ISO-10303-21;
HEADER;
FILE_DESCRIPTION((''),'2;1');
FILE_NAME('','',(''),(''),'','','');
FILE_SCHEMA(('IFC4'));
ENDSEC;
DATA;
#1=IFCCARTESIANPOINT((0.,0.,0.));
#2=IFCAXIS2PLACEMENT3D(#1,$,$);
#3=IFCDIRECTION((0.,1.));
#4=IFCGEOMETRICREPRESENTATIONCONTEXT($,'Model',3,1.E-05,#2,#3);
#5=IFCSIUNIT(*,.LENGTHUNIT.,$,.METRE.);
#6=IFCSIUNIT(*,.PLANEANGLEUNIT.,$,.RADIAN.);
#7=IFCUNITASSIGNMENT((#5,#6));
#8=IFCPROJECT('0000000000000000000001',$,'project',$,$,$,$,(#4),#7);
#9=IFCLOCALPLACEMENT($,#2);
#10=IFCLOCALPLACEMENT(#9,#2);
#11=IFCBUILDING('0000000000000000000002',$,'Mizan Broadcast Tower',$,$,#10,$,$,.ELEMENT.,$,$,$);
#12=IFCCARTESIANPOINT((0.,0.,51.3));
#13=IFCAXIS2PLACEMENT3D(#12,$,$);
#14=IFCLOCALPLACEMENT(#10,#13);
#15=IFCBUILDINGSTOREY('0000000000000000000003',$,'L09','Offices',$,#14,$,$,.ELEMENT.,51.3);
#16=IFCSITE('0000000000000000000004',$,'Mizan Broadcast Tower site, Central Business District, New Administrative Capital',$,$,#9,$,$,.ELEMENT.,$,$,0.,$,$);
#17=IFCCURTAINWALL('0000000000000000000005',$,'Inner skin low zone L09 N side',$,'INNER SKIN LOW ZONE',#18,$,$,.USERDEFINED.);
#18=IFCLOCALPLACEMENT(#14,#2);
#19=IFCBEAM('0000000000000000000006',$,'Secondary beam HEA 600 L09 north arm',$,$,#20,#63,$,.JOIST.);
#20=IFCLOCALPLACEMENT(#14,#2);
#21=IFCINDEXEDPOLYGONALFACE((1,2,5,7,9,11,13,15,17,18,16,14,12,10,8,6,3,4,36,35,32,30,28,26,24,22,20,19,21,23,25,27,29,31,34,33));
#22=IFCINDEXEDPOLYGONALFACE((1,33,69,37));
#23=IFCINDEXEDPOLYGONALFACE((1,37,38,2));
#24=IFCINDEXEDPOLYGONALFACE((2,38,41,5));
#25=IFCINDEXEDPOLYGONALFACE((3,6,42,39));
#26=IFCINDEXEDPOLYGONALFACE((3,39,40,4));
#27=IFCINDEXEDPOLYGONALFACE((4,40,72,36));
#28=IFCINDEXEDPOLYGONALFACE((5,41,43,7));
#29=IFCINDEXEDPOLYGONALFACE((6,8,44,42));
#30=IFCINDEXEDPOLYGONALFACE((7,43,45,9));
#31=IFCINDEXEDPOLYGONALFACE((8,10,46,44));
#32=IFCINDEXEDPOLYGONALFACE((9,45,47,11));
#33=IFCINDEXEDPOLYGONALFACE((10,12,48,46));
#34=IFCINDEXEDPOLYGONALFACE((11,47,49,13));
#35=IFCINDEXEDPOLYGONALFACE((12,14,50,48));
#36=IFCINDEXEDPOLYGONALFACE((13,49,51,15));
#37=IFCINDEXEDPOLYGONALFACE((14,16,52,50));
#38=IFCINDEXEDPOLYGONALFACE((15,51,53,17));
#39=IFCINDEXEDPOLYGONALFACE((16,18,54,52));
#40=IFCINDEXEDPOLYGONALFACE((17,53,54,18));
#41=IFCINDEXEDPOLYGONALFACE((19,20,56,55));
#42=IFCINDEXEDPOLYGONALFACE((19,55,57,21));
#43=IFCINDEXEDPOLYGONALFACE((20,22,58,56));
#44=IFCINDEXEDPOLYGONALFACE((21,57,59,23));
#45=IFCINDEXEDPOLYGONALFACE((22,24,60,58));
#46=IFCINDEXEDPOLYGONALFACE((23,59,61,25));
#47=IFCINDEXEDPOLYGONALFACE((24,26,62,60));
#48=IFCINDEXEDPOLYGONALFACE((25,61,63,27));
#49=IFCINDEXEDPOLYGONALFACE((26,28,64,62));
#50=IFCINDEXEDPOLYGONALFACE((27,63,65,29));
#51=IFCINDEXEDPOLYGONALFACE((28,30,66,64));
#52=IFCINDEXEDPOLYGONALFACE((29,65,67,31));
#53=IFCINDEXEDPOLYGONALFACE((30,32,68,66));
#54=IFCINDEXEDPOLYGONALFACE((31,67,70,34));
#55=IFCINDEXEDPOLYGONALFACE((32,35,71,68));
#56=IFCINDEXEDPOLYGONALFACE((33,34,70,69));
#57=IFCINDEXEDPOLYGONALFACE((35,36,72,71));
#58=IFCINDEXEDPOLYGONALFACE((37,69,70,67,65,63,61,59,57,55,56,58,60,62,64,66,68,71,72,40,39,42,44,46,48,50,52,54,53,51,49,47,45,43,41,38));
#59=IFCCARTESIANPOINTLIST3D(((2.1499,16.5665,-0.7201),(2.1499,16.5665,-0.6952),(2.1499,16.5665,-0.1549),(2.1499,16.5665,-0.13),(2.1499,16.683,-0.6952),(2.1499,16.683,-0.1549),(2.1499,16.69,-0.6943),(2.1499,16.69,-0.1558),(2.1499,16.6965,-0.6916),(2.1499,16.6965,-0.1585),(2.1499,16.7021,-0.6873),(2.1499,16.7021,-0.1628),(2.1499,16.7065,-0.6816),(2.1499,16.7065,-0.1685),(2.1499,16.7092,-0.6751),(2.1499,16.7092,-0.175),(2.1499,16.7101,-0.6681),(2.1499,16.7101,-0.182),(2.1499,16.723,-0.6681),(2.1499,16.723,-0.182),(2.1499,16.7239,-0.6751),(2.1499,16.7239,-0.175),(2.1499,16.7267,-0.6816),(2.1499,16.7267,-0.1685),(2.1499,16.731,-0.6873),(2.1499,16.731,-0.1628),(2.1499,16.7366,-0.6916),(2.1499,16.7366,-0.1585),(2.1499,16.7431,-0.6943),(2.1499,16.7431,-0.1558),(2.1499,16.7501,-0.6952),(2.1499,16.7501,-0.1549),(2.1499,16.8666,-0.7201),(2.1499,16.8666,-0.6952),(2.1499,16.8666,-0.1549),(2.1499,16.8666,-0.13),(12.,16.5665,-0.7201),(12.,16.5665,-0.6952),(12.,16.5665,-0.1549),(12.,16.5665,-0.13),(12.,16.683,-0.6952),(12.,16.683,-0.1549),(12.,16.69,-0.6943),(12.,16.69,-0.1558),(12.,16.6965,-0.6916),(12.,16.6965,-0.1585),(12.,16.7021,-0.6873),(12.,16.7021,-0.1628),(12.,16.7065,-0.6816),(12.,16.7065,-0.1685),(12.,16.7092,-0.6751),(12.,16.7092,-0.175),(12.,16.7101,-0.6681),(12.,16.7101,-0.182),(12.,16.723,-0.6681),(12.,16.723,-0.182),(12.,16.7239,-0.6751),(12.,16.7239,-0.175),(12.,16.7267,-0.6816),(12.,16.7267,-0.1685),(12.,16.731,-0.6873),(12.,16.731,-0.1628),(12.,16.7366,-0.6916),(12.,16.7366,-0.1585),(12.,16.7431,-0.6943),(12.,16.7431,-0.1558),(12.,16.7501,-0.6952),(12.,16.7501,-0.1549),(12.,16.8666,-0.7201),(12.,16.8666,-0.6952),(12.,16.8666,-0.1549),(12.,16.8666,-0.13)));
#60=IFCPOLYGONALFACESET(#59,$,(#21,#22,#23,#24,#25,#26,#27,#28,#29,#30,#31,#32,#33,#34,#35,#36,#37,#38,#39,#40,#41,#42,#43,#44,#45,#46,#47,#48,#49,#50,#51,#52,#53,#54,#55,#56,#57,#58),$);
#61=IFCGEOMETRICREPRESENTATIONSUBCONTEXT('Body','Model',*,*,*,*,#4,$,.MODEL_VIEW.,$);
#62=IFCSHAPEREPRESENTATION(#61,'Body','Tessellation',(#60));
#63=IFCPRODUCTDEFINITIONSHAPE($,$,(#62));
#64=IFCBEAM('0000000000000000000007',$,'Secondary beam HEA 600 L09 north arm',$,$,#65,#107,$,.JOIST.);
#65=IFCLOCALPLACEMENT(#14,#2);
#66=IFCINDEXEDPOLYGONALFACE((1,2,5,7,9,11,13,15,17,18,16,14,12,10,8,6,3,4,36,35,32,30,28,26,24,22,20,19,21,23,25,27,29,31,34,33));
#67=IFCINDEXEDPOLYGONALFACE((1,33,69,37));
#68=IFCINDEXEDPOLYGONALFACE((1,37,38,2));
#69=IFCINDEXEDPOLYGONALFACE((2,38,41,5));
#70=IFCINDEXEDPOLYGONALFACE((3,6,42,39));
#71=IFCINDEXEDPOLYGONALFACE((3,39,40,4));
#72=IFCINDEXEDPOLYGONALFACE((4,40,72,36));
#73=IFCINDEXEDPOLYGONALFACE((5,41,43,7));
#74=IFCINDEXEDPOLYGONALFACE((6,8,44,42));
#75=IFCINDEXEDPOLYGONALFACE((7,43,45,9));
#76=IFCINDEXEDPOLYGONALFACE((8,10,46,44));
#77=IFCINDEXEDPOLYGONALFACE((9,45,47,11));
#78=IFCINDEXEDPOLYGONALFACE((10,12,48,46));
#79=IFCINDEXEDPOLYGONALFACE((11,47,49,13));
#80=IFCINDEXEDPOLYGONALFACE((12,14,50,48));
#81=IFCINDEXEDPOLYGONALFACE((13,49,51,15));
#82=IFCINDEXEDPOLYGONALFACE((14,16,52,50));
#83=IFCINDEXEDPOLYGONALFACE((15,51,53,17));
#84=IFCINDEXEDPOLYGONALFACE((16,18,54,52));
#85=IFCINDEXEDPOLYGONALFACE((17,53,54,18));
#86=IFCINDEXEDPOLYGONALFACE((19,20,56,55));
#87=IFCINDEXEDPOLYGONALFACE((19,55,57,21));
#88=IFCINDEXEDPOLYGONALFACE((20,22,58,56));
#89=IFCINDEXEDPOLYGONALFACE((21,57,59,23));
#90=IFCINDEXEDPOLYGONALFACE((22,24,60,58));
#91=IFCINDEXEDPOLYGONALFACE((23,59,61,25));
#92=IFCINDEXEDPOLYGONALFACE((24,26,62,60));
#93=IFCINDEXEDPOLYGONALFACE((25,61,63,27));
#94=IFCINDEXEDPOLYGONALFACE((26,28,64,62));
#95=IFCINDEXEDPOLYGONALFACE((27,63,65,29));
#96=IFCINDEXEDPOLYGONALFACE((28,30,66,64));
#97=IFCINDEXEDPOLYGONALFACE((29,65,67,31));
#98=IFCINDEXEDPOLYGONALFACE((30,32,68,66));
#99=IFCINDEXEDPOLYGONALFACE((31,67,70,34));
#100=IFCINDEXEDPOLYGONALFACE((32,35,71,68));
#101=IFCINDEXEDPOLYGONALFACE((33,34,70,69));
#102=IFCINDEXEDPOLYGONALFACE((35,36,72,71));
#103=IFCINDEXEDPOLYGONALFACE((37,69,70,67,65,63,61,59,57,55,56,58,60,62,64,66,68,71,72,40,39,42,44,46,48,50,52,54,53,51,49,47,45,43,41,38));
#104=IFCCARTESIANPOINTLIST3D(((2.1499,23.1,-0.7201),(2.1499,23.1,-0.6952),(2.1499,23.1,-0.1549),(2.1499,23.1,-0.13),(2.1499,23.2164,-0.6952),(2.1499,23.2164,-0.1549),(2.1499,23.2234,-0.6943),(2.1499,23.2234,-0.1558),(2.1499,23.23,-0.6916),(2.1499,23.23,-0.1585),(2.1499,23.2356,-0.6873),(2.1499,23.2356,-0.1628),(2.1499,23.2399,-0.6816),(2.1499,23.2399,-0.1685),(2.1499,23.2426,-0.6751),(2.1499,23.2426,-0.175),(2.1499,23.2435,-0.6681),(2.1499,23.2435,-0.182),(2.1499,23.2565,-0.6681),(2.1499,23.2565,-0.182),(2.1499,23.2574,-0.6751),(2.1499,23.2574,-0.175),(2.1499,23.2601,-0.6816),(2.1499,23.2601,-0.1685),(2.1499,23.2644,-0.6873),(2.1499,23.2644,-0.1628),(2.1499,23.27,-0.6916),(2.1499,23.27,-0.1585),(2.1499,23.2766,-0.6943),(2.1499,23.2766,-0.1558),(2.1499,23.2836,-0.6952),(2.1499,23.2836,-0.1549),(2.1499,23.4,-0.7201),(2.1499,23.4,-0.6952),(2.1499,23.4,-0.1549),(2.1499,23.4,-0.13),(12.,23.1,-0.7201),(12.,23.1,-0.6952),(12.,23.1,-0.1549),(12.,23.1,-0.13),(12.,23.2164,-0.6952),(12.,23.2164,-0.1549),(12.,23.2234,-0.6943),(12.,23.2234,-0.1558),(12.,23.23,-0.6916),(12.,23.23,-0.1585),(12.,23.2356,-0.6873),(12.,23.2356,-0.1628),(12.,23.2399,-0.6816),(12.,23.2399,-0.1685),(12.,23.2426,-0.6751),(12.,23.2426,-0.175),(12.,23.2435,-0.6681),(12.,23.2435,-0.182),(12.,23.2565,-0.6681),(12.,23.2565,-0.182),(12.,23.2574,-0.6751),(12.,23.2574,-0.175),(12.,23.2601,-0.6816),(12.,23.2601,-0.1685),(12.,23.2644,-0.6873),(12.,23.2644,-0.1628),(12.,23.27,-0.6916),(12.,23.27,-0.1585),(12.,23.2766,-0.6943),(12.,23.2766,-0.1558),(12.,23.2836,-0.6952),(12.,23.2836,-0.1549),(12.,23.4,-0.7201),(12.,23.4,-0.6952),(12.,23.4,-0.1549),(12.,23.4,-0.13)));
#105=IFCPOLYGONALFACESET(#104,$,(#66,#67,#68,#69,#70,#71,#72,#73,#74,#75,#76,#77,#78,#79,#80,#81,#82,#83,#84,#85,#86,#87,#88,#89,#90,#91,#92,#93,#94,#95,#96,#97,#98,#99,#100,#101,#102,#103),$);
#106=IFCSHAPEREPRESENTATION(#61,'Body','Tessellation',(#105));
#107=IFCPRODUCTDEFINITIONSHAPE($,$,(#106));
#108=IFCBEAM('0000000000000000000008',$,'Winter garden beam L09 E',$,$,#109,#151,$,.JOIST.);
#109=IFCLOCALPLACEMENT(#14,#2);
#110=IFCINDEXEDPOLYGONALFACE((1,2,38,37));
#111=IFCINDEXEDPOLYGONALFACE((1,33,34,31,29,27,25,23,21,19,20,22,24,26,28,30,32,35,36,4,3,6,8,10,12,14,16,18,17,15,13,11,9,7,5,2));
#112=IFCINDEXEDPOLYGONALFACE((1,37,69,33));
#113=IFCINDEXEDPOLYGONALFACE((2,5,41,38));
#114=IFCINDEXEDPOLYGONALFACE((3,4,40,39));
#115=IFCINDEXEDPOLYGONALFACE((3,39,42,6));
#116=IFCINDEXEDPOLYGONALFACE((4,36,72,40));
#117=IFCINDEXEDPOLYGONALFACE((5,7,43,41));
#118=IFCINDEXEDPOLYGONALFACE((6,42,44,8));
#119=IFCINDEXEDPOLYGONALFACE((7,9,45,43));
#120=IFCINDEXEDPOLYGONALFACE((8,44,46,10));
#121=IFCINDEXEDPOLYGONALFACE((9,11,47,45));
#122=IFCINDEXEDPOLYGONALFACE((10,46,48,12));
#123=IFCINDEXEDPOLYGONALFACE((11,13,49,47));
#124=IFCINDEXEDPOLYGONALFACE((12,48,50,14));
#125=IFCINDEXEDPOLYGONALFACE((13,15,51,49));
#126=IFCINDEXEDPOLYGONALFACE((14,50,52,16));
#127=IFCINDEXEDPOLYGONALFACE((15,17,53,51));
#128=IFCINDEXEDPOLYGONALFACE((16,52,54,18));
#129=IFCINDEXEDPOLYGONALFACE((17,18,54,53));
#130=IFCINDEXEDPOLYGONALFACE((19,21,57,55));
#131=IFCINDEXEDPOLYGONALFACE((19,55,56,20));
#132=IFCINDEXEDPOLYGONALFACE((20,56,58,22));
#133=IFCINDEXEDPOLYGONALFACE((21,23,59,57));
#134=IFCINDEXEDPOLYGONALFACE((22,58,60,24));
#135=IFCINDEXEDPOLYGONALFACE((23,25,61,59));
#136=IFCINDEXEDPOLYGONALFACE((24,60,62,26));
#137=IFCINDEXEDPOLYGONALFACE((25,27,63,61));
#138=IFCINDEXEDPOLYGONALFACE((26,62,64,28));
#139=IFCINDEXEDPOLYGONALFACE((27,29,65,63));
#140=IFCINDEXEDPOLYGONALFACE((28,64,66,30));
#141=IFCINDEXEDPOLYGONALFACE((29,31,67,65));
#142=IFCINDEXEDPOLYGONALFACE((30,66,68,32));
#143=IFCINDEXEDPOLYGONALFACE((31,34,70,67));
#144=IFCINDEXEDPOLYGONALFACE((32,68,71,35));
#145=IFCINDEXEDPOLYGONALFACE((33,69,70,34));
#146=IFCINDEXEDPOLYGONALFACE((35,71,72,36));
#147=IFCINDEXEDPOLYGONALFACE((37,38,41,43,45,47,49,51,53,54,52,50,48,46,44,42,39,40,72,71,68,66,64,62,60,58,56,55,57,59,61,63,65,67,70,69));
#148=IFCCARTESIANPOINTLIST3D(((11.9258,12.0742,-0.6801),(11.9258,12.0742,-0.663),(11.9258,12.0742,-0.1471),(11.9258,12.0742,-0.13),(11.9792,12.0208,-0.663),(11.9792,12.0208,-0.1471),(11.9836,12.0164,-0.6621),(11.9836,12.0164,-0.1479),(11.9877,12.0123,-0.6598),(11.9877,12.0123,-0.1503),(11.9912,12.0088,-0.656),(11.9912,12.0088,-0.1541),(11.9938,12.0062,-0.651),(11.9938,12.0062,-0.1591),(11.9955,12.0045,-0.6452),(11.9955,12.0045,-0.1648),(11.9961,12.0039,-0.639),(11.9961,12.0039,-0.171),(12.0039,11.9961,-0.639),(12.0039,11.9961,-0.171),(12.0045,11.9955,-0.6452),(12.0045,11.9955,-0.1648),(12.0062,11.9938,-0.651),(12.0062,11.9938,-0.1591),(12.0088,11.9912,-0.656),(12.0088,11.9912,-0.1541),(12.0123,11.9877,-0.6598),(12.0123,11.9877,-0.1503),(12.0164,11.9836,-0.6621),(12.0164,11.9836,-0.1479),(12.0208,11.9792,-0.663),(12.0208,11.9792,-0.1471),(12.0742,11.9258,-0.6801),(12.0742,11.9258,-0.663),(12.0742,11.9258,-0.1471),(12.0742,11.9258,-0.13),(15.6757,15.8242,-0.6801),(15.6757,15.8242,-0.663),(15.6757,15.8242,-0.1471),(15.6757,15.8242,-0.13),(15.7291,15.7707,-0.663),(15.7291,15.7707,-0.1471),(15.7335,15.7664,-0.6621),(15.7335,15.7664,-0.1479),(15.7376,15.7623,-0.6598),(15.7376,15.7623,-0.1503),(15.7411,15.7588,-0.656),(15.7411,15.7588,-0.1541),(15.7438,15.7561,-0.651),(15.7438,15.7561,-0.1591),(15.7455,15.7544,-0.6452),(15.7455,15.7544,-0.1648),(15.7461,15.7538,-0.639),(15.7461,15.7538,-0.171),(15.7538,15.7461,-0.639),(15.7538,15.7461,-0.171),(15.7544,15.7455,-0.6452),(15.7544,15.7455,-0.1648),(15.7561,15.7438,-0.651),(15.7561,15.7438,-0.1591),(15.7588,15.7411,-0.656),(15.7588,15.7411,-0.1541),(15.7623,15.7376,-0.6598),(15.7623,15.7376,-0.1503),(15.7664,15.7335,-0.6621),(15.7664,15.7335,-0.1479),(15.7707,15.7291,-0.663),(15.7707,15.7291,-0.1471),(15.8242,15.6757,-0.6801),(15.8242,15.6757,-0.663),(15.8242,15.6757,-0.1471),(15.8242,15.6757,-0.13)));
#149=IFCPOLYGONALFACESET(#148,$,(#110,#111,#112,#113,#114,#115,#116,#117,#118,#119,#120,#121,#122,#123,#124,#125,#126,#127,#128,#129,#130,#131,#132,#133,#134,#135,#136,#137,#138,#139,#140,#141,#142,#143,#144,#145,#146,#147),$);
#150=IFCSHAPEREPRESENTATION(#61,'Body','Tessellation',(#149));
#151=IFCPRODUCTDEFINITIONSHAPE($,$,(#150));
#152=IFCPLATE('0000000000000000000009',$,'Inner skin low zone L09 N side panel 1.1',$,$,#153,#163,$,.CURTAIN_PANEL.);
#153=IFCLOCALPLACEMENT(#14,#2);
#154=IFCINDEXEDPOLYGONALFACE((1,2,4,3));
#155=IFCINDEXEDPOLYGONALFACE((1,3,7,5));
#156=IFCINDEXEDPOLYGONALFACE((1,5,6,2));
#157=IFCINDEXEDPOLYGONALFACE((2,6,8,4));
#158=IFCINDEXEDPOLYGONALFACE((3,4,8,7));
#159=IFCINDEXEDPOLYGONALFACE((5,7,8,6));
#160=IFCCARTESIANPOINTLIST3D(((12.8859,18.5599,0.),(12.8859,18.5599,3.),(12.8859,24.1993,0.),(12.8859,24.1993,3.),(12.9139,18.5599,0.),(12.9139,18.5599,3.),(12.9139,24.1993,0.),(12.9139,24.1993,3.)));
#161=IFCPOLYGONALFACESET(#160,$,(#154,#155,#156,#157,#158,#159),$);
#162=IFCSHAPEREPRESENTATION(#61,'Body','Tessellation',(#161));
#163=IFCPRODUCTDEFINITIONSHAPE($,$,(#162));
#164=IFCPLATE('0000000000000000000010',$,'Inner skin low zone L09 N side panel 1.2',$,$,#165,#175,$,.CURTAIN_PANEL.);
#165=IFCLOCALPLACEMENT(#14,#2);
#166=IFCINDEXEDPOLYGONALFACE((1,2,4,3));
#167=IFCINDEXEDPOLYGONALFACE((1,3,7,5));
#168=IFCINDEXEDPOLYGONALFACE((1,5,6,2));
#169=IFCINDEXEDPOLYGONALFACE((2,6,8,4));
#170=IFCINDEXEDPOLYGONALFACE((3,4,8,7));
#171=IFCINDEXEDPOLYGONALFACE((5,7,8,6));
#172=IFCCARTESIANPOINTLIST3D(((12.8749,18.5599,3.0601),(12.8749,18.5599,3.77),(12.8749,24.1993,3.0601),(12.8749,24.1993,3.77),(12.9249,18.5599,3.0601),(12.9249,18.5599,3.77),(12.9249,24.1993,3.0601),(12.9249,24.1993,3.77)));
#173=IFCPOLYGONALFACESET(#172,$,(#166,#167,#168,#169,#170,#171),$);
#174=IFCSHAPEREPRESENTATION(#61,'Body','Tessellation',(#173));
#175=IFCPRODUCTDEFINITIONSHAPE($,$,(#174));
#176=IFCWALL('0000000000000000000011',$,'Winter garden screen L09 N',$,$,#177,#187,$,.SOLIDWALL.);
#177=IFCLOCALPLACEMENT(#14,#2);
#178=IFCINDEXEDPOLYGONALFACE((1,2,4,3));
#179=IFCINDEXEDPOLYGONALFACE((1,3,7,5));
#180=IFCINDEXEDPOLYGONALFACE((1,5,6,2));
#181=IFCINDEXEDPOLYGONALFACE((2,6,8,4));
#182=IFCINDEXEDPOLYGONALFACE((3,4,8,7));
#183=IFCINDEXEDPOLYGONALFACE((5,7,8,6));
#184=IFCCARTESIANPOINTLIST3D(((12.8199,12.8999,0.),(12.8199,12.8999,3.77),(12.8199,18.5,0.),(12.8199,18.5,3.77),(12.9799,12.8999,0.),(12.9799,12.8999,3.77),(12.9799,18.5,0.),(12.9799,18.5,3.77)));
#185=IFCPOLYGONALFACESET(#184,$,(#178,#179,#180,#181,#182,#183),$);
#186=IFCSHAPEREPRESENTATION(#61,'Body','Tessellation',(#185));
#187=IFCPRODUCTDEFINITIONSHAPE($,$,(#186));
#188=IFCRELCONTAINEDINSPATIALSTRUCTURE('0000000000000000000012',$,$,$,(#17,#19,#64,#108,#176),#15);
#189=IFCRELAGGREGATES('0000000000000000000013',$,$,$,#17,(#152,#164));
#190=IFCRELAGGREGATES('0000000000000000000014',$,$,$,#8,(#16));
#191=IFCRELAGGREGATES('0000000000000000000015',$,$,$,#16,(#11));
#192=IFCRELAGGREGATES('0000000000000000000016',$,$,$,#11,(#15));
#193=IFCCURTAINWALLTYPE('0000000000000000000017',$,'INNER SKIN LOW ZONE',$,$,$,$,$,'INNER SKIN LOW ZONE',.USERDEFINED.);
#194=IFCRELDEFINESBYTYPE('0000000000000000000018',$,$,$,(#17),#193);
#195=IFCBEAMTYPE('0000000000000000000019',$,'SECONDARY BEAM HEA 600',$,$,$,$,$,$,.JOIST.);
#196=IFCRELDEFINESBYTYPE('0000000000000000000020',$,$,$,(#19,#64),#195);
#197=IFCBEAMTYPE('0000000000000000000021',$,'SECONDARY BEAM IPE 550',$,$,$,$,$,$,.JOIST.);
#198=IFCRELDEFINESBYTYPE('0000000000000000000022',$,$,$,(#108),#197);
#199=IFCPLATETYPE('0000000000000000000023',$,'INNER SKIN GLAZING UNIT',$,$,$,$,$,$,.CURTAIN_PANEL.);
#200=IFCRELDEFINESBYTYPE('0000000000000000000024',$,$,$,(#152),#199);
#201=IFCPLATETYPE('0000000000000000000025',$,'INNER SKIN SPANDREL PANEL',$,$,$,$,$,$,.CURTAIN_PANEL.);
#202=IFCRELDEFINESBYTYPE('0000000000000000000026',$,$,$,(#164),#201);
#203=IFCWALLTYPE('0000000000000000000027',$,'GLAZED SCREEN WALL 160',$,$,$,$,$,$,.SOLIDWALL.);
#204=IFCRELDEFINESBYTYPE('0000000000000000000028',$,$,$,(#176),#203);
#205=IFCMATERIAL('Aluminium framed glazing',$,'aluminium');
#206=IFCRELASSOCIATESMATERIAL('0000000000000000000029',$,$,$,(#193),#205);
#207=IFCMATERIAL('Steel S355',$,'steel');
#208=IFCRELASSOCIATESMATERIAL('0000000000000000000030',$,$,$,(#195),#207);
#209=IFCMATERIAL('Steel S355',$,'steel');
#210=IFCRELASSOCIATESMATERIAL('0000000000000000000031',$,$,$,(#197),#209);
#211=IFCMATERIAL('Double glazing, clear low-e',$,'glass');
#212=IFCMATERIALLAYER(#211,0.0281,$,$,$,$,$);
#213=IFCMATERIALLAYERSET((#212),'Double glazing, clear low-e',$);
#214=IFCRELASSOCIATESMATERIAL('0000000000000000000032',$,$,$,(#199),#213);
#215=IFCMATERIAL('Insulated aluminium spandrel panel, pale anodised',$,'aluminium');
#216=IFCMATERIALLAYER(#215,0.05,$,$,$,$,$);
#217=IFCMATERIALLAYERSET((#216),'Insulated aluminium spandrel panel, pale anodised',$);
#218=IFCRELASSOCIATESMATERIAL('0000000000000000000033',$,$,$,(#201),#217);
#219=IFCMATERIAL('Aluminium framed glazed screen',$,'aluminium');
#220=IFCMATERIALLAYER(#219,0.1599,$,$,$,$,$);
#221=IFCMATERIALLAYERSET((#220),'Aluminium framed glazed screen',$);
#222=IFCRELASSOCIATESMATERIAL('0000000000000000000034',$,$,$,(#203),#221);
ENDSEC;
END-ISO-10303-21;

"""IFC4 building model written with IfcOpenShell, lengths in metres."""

from ifc_helpers import new_model, si_unit, direction, frame, frame_2d, origin, origin_2d, place, context, subcontext, project, spatial, rectangle, i_section, extrude, material, layer, layer_set, material_profile, profile_set, type_object, element, aggregate, save


model = new_model("IFC4")

# Units and contexts
model_context = context("Model", 3, precision=1e-05, world=origin(), true_north=direction((0.0, 1.0)))
body_context = subcontext(model_context, "Body", "Model", "MODEL_VIEW")
ifc_project = project(units=[si_unit("LENGTHUNIT", "METRE"), si_unit("PLANEANGLEUNIT", "RADIAN")], contexts=[model_context])

# Site, building, storey
site_placement = place(None, origin())
site = spatial("IfcSite", under=ifc_project, at=site_placement, Name="Mizan Broadcast Tower site, Central Business District, New Administrative Capital", CompositionType="ELEMENT", RefElevation=0.0)
building_placement = place(site_placement, origin())
building = spatial("IfcBuilding", under=site, at=building_placement, Name="Mizan Broadcast Tower", CompositionType="ELEMENT")
storey_placement = place(building_placement, frame((0.0, 0.0, 51.3)))
storey = spatial("IfcBuildingStorey", under=building, at=storey_placement, Name="L09", Description="Offices", CompositionType="ELEMENT", Elevation=51.3)

# Curtain wall
ifc_material_1 = material(Name="Aluminium framed glazing", Category="aluminium")
curtain_wall_type_1 = type_object("IfcCurtainWallType", Name="INNER SKIN LOW ZONE", ElementType="INNER SKIN LOW ZONE", PredefinedType="USERDEFINED", material=ifc_material_1)
curtain_wall_1_placement = place(storey_placement, origin())
curtain_wall_1 = element("IfcCurtainWall", 1, at=curtain_wall_1_placement, inside=storey, type_object=curtain_wall_type_1, Name="Inner skin low zone L09 N side", ObjectType="INNER SKIN LOW ZONE", PredefinedType="USERDEFINED")

# Beams
ifc_material_2 = material(Name="Steel S355", Category="steel")
ifc_material_profile_1 = material_profile(ifc_material_2, i_section(OverallWidth=0.3, OverallDepth=0.5901, WebThickness=0.0129, FlangeThickness=0.0249, FilletRadius=0.0271, at=origin_2d()), Name="HEA 600")
ifc_profile_set_1 = profile_set([ifc_material_profile_1], Name="Steel S355")
beam_type_1 = type_object("IfcBeamType", Name="SECONDARY BEAM HEA 600", PredefinedType="JOIST", material=ifc_profile_set_1)
for number, where, z_axis, x_axis, name in (
    (2, (12.0, 16.7166, -0.425), (-1.0, 0.0, 0.0), (0.0, -1.0, 0.0), "Secondary beam HEA 600 L09 north arm"),
    (3, (12.0, 23.25, -0.425), (-1.0, 0.0, 0.0), (0.0, -1.0, 0.0), "Secondary beam HEA 600 L09 north arm"),
):
    element("IfcBeam", number, at=place(storey_placement, frame(where, z_axis=z_axis, x_axis=x_axis)), inside=storey, type_object=beam_type_1, Name=name, PredefinedType="JOIST", context=body_context, shape_type="SweptSolid", body=[
        extrude(i_section(OverallWidth=0.3, OverallDepth=0.5901, WebThickness=0.0129, FlangeThickness=0.0249, FilletRadius=0.0271, at=origin_2d()), origin(), (0.0, 0.0, 1.0), 9.8501),
    ])
ifc_material_3 = material(Name="Steel S355", Category="steel")
ifc_material_profile_2 = material_profile(ifc_material_3, i_section(OverallWidth=0.21, OverallDepth=0.55, WebThickness=0.011, FlangeThickness=0.0171, FilletRadius=0.0239, at=origin_2d()), Name="IPE 550")
ifc_profile_set_2 = profile_set([ifc_material_profile_2], Name="Steel S355")
beam_type_2 = type_object("IfcBeamType", Name="SECONDARY BEAM IPE 550", PredefinedType="JOIST", material=ifc_profile_set_2)
beam_1_placement = place(storey_placement, frame((12.0, 12.0, -0.405), z_axis=(0.707107, 0.707107, 0.0), x_axis=(-0.707107, 0.707107, 0.0)))
element("IfcBeam", 4, at=beam_1_placement, inside=storey, type_object=beam_type_2, Name="Winter garden beam L09 E", PredefinedType="JOIST", context=body_context, shape_type="SweptSolid", body=[
    extrude(i_section(OverallWidth=0.21, OverallDepth=0.55, WebThickness=0.011, FlangeThickness=0.0171, FilletRadius=0.0239, at=origin_2d()), origin(), (0.0, 0.0, 1.0), 5.3032),
])

# Plates
ifc_material_4 = material(Name="Double glazing, clear low-e", Category="glass")
ifc_layer_1 = layer(ifc_material_4, 0.0281)
ifc_layer_set_1 = layer_set([ifc_layer_1], Name="Double glazing, clear low-e")
plate_type_1 = type_object("IfcPlateType", Name="INNER SKIN GLAZING UNIT", PredefinedType="CURTAIN_PANEL", material=ifc_layer_set_1)
plate_1_placement = place(storey_placement, frame((12.8999, 21.3796, 0.0), z_axis=(0.0, 0.0, 1.0), x_axis=(0.0, 1.0, 0.0)))
plate_1 = element("IfcPlate", 5, at=plate_1_placement, type_object=plate_type_1, Name="Inner skin low zone L09 N side panel 1.1", PredefinedType="CURTAIN_PANEL", context=body_context, shape_type="SweptSolid", body=[
    extrude(rectangle(XDim=5.6394, YDim=0.0281, at=origin_2d()), origin(), (0.0, 0.0, 1.0), 3.0),
])
ifc_material_5 = material(Name="Insulated aluminium spandrel panel, pale anodised", Category="aluminium")
ifc_layer_2 = layer(ifc_material_5, 0.05)
ifc_layer_set_2 = layer_set([ifc_layer_2], Name="Insulated aluminium spandrel panel, pale anodised")
plate_type_2 = type_object("IfcPlateType", Name="INNER SKIN SPANDREL PANEL", PredefinedType="CURTAIN_PANEL", material=ifc_layer_set_2)
plate_2_placement = place(storey_placement, frame((12.8999, 21.3796, 3.0601), z_axis=(0.0, 0.0, 1.0), x_axis=(0.0, 1.0, 0.0)))
plate_2 = element("IfcPlate", 6, at=plate_2_placement, type_object=plate_type_2, Name="Inner skin low zone L09 N side panel 1.2", PredefinedType="CURTAIN_PANEL", context=body_context, shape_type="SweptSolid", body=[
    extrude(rectangle(XDim=5.6394, YDim=0.05, at=origin_2d()), origin(), (0.0, 0.0, 1.0), 0.71),
])
aggregate(curtain_wall_1, [plate_1, plate_2])

# Wall
ifc_material_6 = material(Name="Aluminium framed glazed screen", Category="aluminium")
ifc_layer_3 = layer(ifc_material_6, 0.1599)
ifc_layer_set_3 = layer_set([ifc_layer_3], Name="Aluminium framed glazed screen")
wall_type_1 = type_object("IfcWallType", Name="GLAZED SCREEN WALL 160", PredefinedType="SOLIDWALL", material=ifc_layer_set_3)
wall_1_placement = place(storey_placement, frame((12.8999, 12.8999, 0.0), z_axis=(0.0, 0.0, 1.0), x_axis=(0.0, 1.0, 0.0)))
element("IfcWall", 7, at=wall_1_placement, inside=storey, type_object=wall_type_1, Name="Winter garden screen L09 N", PredefinedType="SOLIDWALL", context=body_context, shape_type="SweptSolid", body=[
    extrude(rectangle(XDim=5.6001, YDim=0.1599, at=frame_2d((2.8, 0.0))), origin(), (0.0, 0.0, 1.0), 3.77),
])

save(model, "model.ifc")
